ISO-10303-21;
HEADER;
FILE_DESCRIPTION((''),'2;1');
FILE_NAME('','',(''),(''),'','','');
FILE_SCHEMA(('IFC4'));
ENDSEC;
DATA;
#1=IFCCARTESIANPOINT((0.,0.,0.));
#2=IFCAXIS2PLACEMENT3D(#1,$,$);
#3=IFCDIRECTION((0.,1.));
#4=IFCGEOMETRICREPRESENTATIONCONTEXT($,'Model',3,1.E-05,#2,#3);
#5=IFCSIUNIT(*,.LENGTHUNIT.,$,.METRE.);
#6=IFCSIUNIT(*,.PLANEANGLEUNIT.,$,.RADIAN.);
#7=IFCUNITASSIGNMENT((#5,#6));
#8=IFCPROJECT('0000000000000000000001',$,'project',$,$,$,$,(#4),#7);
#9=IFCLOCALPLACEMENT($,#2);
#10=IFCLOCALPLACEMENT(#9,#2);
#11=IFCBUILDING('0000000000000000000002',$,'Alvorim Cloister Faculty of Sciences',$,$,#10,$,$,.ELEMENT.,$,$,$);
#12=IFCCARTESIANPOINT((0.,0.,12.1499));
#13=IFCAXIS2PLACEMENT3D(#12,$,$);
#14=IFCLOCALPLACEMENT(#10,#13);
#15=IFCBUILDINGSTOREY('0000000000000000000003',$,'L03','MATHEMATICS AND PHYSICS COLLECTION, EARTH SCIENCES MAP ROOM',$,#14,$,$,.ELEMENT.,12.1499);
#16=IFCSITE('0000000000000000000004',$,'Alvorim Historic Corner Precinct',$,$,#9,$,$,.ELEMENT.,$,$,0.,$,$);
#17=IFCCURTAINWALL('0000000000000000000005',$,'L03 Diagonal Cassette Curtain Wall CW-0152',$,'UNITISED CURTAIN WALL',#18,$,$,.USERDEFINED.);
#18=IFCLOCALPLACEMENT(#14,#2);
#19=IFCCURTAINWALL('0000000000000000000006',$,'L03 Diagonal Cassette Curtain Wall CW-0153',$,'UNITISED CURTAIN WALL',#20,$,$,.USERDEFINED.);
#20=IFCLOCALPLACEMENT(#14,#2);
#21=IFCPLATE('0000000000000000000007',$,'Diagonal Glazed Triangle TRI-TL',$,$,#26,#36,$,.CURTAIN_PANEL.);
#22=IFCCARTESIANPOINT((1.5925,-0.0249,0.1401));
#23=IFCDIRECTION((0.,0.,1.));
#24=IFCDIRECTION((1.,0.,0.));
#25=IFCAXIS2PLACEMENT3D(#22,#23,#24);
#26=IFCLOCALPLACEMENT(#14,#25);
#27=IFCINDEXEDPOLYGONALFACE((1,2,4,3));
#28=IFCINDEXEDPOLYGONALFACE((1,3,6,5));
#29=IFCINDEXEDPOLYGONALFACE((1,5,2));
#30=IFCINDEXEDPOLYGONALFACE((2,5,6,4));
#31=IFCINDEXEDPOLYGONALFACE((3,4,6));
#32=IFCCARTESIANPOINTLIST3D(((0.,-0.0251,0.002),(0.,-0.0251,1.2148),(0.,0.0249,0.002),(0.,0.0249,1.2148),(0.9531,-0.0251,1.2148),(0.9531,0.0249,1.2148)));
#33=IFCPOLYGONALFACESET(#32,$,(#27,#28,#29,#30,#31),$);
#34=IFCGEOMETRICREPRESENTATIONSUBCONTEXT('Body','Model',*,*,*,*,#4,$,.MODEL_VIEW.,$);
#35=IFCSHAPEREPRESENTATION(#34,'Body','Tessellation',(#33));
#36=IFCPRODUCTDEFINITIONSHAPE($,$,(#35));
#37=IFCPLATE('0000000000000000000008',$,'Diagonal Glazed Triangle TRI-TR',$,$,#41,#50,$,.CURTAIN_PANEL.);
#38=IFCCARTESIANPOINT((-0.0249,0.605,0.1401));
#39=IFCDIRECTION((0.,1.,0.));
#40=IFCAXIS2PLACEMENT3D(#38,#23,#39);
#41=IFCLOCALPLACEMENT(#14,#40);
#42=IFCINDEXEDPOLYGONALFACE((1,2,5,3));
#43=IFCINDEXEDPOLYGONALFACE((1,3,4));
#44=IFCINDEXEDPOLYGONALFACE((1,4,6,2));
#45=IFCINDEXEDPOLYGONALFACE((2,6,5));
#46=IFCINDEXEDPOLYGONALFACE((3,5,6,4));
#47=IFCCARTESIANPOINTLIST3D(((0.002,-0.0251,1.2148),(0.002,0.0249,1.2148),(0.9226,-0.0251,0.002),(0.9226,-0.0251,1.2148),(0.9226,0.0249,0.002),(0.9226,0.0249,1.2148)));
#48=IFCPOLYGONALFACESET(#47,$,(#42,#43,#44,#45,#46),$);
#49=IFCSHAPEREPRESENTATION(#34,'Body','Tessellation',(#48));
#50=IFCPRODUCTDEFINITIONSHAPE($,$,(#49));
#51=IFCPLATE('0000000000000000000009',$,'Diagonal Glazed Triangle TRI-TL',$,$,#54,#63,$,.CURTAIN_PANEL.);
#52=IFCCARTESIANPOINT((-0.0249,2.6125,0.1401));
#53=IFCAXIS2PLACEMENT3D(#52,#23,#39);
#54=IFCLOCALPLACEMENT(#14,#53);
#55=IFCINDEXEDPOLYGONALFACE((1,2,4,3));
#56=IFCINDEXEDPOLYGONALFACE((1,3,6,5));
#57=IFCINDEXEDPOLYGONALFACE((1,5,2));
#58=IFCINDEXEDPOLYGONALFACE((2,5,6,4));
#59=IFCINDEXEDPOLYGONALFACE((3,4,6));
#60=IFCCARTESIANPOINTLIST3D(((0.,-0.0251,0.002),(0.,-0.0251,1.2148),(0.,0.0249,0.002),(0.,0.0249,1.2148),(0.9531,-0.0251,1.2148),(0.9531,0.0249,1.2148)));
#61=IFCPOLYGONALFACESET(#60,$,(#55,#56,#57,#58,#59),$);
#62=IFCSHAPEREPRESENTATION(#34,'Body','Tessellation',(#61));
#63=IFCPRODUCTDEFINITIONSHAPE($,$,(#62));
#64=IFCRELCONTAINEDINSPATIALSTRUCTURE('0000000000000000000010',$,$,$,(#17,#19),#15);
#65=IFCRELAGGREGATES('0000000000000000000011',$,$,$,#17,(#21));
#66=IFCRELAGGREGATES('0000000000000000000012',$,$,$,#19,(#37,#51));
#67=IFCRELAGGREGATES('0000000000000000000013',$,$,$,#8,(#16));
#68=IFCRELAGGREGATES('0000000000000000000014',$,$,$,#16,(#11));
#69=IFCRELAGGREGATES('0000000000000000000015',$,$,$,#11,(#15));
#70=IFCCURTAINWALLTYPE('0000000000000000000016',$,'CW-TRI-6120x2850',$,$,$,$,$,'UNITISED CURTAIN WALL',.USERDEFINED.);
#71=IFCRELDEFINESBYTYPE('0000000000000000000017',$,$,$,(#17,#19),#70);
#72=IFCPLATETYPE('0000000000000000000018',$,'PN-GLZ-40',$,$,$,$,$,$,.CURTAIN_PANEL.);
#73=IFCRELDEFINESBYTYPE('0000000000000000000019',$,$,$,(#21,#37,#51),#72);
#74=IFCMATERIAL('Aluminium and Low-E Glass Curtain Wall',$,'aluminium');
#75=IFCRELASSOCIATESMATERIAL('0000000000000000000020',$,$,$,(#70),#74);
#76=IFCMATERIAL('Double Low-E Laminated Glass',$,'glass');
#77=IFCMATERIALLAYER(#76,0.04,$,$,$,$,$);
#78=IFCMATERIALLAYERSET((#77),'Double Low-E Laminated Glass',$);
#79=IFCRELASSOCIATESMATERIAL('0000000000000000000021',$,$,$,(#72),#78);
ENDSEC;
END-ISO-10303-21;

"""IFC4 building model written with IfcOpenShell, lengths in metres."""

from ifc_helpers import new_model, si_unit, direction, frame, origin, place, context, subcontext, project, spatial, polyline, outline, extrude, material, layer, layer_set, type_object, element, aggregate, save


model = new_model("IFC4")

# Units and contexts
model_context = context("Model", 3, precision=1e-05, world=origin(), true_north=direction((0.0, 1.0)))
body_context = subcontext(model_context, "Body", "Model", "MODEL_VIEW")
ifc_project = project(units=[si_unit("LENGTHUNIT", "METRE"), si_unit("PLANEANGLEUNIT", "RADIAN")], contexts=[model_context])

# Site, building, storey
site_placement = place(None, origin())
site = spatial("IfcSite", under=ifc_project, at=site_placement, Name="Alvorim Historic Corner Precinct", CompositionType="ELEMENT", RefElevation=0.0)
building_placement = place(site_placement, origin())
building = spatial("IfcBuilding", under=site, at=building_placement, Name="Alvorim Cloister Faculty of Sciences", CompositionType="ELEMENT")
storey_placement = place(building_placement, frame((0.0, 0.0, 12.1499)))
storey = spatial("IfcBuildingStorey", under=building, at=storey_placement, Name="L03", Description="MATHEMATICS AND PHYSICS COLLECTION, EARTH SCIENCES MAP ROOM", CompositionType="ELEMENT", Elevation=12.1499)

# Curtain walls
ifc_material_1 = material(Name="Aluminium and Low-E Glass Curtain Wall", Category="aluminium")
curtain_wall_type = type_object("IfcCurtainWallType", Name="CW-TRI-6120x2850", ElementType="UNITISED CURTAIN WALL", PredefinedType="USERDEFINED", material=ifc_material_1)
curtain_wall_1_placement = place(storey_placement, origin())
curtain_wall_1 = element("IfcCurtainWall", 1, at=curtain_wall_1_placement, inside=storey, type_object=curtain_wall_type, Name="L03 Diagonal Cassette Curtain Wall CW-0152", ObjectType="UNITISED CURTAIN WALL", PredefinedType="USERDEFINED")
curtain_wall_2_placement = place(storey_placement, origin())
curtain_wall_2 = element("IfcCurtainWall", 2, at=curtain_wall_2_placement, inside=storey, type_object=curtain_wall_type, Name="L03 Diagonal Cassette Curtain Wall CW-0153", ObjectType="UNITISED CURTAIN WALL", PredefinedType="USERDEFINED")

# Plates
ifc_material_2 = material(Name="Double Low-E Laminated Glass", Category="glass")
ifc_layer_1 = layer(ifc_material_2, 0.04)
ifc_layer_set_1 = layer_set([ifc_layer_1], Name="Double Low-E Laminated Glass")
plate_type = type_object("IfcPlateType", Name="PN-GLZ-40", PredefinedType="CURTAIN_PANEL", material=ifc_layer_set_1)
plate_1_placement = place(storey_placement, frame((1.5925, -0.0249, 0.1401), z_axis=(0.0, 0.0, 1.0), x_axis=(1.0, 0.0, 0.0)))
plate_1 = element("IfcPlate", 3, at=plate_1_placement, type_object=plate_type, Name="Diagonal Glazed Triangle TRI-TL", PredefinedType="CURTAIN_PANEL", context=body_context, shape_type="SweptSolid", body=[
    extrude(outline(polyline([(0.9531, 1.2148), (0.0, 1.2148), (0.0, 0.002), (0.9531, 1.2148)])), frame((0.0, 0.0249, 0.0), z_axis=(0.0, -1.0, 0.0), x_axis=(1.0, 0.0, 0.0)), (0.0, 0.0, 1.0), 0.05),
])
aggregate(curtain_wall_1, [plate_1])
plate_2_placement = place(storey_placement, frame((-0.0249, 0.605, 0.1401), z_axis=(0.0, 0.0, 1.0), x_axis=(0.0, 1.0, 0.0)))
plate_2 = element("IfcPlate", 4, at=plate_2_placement, type_object=plate_type, Name="Diagonal Glazed Triangle TRI-TR", PredefinedType="CURTAIN_PANEL", context=body_context, shape_type="SweptSolid", body=[
    extrude(outline(polyline([(0.9226, 0.002), (0.9226, 1.2148), (0.002, 1.2148), (0.9226, 0.002)])), frame((0.0, 0.0249, 0.0), z_axis=(0.0, -1.0, 0.0), x_axis=(1.0, 0.0, 0.0)), (0.0, 0.0, 1.0), 0.05),
])
plate_3_placement = place(storey_placement, frame((-0.0249, 2.6125, 0.1401), z_axis=(0.0, 0.0, 1.0), x_axis=(0.0, 1.0, 0.0)))
plate_3 = element("IfcPlate", 5, at=plate_3_placement, type_object=plate_type, Name="Diagonal Glazed Triangle TRI-TL", PredefinedType="CURTAIN_PANEL", context=body_context, shape_type="SweptSolid", body=[
    extrude(outline(polyline([(0.9531, 1.2148), (0.0, 1.2148), (0.0, 0.002), (0.9531, 1.2148)])), frame((0.0, 0.0249, 0.0), z_axis=(0.0, -1.0, 0.0), x_axis=(1.0, 0.0, 0.0)), (0.0, 0.0, 1.0), 0.05),
])
aggregate(curtain_wall_2, [plate_2, plate_3])

save(model, "model.ifc")
